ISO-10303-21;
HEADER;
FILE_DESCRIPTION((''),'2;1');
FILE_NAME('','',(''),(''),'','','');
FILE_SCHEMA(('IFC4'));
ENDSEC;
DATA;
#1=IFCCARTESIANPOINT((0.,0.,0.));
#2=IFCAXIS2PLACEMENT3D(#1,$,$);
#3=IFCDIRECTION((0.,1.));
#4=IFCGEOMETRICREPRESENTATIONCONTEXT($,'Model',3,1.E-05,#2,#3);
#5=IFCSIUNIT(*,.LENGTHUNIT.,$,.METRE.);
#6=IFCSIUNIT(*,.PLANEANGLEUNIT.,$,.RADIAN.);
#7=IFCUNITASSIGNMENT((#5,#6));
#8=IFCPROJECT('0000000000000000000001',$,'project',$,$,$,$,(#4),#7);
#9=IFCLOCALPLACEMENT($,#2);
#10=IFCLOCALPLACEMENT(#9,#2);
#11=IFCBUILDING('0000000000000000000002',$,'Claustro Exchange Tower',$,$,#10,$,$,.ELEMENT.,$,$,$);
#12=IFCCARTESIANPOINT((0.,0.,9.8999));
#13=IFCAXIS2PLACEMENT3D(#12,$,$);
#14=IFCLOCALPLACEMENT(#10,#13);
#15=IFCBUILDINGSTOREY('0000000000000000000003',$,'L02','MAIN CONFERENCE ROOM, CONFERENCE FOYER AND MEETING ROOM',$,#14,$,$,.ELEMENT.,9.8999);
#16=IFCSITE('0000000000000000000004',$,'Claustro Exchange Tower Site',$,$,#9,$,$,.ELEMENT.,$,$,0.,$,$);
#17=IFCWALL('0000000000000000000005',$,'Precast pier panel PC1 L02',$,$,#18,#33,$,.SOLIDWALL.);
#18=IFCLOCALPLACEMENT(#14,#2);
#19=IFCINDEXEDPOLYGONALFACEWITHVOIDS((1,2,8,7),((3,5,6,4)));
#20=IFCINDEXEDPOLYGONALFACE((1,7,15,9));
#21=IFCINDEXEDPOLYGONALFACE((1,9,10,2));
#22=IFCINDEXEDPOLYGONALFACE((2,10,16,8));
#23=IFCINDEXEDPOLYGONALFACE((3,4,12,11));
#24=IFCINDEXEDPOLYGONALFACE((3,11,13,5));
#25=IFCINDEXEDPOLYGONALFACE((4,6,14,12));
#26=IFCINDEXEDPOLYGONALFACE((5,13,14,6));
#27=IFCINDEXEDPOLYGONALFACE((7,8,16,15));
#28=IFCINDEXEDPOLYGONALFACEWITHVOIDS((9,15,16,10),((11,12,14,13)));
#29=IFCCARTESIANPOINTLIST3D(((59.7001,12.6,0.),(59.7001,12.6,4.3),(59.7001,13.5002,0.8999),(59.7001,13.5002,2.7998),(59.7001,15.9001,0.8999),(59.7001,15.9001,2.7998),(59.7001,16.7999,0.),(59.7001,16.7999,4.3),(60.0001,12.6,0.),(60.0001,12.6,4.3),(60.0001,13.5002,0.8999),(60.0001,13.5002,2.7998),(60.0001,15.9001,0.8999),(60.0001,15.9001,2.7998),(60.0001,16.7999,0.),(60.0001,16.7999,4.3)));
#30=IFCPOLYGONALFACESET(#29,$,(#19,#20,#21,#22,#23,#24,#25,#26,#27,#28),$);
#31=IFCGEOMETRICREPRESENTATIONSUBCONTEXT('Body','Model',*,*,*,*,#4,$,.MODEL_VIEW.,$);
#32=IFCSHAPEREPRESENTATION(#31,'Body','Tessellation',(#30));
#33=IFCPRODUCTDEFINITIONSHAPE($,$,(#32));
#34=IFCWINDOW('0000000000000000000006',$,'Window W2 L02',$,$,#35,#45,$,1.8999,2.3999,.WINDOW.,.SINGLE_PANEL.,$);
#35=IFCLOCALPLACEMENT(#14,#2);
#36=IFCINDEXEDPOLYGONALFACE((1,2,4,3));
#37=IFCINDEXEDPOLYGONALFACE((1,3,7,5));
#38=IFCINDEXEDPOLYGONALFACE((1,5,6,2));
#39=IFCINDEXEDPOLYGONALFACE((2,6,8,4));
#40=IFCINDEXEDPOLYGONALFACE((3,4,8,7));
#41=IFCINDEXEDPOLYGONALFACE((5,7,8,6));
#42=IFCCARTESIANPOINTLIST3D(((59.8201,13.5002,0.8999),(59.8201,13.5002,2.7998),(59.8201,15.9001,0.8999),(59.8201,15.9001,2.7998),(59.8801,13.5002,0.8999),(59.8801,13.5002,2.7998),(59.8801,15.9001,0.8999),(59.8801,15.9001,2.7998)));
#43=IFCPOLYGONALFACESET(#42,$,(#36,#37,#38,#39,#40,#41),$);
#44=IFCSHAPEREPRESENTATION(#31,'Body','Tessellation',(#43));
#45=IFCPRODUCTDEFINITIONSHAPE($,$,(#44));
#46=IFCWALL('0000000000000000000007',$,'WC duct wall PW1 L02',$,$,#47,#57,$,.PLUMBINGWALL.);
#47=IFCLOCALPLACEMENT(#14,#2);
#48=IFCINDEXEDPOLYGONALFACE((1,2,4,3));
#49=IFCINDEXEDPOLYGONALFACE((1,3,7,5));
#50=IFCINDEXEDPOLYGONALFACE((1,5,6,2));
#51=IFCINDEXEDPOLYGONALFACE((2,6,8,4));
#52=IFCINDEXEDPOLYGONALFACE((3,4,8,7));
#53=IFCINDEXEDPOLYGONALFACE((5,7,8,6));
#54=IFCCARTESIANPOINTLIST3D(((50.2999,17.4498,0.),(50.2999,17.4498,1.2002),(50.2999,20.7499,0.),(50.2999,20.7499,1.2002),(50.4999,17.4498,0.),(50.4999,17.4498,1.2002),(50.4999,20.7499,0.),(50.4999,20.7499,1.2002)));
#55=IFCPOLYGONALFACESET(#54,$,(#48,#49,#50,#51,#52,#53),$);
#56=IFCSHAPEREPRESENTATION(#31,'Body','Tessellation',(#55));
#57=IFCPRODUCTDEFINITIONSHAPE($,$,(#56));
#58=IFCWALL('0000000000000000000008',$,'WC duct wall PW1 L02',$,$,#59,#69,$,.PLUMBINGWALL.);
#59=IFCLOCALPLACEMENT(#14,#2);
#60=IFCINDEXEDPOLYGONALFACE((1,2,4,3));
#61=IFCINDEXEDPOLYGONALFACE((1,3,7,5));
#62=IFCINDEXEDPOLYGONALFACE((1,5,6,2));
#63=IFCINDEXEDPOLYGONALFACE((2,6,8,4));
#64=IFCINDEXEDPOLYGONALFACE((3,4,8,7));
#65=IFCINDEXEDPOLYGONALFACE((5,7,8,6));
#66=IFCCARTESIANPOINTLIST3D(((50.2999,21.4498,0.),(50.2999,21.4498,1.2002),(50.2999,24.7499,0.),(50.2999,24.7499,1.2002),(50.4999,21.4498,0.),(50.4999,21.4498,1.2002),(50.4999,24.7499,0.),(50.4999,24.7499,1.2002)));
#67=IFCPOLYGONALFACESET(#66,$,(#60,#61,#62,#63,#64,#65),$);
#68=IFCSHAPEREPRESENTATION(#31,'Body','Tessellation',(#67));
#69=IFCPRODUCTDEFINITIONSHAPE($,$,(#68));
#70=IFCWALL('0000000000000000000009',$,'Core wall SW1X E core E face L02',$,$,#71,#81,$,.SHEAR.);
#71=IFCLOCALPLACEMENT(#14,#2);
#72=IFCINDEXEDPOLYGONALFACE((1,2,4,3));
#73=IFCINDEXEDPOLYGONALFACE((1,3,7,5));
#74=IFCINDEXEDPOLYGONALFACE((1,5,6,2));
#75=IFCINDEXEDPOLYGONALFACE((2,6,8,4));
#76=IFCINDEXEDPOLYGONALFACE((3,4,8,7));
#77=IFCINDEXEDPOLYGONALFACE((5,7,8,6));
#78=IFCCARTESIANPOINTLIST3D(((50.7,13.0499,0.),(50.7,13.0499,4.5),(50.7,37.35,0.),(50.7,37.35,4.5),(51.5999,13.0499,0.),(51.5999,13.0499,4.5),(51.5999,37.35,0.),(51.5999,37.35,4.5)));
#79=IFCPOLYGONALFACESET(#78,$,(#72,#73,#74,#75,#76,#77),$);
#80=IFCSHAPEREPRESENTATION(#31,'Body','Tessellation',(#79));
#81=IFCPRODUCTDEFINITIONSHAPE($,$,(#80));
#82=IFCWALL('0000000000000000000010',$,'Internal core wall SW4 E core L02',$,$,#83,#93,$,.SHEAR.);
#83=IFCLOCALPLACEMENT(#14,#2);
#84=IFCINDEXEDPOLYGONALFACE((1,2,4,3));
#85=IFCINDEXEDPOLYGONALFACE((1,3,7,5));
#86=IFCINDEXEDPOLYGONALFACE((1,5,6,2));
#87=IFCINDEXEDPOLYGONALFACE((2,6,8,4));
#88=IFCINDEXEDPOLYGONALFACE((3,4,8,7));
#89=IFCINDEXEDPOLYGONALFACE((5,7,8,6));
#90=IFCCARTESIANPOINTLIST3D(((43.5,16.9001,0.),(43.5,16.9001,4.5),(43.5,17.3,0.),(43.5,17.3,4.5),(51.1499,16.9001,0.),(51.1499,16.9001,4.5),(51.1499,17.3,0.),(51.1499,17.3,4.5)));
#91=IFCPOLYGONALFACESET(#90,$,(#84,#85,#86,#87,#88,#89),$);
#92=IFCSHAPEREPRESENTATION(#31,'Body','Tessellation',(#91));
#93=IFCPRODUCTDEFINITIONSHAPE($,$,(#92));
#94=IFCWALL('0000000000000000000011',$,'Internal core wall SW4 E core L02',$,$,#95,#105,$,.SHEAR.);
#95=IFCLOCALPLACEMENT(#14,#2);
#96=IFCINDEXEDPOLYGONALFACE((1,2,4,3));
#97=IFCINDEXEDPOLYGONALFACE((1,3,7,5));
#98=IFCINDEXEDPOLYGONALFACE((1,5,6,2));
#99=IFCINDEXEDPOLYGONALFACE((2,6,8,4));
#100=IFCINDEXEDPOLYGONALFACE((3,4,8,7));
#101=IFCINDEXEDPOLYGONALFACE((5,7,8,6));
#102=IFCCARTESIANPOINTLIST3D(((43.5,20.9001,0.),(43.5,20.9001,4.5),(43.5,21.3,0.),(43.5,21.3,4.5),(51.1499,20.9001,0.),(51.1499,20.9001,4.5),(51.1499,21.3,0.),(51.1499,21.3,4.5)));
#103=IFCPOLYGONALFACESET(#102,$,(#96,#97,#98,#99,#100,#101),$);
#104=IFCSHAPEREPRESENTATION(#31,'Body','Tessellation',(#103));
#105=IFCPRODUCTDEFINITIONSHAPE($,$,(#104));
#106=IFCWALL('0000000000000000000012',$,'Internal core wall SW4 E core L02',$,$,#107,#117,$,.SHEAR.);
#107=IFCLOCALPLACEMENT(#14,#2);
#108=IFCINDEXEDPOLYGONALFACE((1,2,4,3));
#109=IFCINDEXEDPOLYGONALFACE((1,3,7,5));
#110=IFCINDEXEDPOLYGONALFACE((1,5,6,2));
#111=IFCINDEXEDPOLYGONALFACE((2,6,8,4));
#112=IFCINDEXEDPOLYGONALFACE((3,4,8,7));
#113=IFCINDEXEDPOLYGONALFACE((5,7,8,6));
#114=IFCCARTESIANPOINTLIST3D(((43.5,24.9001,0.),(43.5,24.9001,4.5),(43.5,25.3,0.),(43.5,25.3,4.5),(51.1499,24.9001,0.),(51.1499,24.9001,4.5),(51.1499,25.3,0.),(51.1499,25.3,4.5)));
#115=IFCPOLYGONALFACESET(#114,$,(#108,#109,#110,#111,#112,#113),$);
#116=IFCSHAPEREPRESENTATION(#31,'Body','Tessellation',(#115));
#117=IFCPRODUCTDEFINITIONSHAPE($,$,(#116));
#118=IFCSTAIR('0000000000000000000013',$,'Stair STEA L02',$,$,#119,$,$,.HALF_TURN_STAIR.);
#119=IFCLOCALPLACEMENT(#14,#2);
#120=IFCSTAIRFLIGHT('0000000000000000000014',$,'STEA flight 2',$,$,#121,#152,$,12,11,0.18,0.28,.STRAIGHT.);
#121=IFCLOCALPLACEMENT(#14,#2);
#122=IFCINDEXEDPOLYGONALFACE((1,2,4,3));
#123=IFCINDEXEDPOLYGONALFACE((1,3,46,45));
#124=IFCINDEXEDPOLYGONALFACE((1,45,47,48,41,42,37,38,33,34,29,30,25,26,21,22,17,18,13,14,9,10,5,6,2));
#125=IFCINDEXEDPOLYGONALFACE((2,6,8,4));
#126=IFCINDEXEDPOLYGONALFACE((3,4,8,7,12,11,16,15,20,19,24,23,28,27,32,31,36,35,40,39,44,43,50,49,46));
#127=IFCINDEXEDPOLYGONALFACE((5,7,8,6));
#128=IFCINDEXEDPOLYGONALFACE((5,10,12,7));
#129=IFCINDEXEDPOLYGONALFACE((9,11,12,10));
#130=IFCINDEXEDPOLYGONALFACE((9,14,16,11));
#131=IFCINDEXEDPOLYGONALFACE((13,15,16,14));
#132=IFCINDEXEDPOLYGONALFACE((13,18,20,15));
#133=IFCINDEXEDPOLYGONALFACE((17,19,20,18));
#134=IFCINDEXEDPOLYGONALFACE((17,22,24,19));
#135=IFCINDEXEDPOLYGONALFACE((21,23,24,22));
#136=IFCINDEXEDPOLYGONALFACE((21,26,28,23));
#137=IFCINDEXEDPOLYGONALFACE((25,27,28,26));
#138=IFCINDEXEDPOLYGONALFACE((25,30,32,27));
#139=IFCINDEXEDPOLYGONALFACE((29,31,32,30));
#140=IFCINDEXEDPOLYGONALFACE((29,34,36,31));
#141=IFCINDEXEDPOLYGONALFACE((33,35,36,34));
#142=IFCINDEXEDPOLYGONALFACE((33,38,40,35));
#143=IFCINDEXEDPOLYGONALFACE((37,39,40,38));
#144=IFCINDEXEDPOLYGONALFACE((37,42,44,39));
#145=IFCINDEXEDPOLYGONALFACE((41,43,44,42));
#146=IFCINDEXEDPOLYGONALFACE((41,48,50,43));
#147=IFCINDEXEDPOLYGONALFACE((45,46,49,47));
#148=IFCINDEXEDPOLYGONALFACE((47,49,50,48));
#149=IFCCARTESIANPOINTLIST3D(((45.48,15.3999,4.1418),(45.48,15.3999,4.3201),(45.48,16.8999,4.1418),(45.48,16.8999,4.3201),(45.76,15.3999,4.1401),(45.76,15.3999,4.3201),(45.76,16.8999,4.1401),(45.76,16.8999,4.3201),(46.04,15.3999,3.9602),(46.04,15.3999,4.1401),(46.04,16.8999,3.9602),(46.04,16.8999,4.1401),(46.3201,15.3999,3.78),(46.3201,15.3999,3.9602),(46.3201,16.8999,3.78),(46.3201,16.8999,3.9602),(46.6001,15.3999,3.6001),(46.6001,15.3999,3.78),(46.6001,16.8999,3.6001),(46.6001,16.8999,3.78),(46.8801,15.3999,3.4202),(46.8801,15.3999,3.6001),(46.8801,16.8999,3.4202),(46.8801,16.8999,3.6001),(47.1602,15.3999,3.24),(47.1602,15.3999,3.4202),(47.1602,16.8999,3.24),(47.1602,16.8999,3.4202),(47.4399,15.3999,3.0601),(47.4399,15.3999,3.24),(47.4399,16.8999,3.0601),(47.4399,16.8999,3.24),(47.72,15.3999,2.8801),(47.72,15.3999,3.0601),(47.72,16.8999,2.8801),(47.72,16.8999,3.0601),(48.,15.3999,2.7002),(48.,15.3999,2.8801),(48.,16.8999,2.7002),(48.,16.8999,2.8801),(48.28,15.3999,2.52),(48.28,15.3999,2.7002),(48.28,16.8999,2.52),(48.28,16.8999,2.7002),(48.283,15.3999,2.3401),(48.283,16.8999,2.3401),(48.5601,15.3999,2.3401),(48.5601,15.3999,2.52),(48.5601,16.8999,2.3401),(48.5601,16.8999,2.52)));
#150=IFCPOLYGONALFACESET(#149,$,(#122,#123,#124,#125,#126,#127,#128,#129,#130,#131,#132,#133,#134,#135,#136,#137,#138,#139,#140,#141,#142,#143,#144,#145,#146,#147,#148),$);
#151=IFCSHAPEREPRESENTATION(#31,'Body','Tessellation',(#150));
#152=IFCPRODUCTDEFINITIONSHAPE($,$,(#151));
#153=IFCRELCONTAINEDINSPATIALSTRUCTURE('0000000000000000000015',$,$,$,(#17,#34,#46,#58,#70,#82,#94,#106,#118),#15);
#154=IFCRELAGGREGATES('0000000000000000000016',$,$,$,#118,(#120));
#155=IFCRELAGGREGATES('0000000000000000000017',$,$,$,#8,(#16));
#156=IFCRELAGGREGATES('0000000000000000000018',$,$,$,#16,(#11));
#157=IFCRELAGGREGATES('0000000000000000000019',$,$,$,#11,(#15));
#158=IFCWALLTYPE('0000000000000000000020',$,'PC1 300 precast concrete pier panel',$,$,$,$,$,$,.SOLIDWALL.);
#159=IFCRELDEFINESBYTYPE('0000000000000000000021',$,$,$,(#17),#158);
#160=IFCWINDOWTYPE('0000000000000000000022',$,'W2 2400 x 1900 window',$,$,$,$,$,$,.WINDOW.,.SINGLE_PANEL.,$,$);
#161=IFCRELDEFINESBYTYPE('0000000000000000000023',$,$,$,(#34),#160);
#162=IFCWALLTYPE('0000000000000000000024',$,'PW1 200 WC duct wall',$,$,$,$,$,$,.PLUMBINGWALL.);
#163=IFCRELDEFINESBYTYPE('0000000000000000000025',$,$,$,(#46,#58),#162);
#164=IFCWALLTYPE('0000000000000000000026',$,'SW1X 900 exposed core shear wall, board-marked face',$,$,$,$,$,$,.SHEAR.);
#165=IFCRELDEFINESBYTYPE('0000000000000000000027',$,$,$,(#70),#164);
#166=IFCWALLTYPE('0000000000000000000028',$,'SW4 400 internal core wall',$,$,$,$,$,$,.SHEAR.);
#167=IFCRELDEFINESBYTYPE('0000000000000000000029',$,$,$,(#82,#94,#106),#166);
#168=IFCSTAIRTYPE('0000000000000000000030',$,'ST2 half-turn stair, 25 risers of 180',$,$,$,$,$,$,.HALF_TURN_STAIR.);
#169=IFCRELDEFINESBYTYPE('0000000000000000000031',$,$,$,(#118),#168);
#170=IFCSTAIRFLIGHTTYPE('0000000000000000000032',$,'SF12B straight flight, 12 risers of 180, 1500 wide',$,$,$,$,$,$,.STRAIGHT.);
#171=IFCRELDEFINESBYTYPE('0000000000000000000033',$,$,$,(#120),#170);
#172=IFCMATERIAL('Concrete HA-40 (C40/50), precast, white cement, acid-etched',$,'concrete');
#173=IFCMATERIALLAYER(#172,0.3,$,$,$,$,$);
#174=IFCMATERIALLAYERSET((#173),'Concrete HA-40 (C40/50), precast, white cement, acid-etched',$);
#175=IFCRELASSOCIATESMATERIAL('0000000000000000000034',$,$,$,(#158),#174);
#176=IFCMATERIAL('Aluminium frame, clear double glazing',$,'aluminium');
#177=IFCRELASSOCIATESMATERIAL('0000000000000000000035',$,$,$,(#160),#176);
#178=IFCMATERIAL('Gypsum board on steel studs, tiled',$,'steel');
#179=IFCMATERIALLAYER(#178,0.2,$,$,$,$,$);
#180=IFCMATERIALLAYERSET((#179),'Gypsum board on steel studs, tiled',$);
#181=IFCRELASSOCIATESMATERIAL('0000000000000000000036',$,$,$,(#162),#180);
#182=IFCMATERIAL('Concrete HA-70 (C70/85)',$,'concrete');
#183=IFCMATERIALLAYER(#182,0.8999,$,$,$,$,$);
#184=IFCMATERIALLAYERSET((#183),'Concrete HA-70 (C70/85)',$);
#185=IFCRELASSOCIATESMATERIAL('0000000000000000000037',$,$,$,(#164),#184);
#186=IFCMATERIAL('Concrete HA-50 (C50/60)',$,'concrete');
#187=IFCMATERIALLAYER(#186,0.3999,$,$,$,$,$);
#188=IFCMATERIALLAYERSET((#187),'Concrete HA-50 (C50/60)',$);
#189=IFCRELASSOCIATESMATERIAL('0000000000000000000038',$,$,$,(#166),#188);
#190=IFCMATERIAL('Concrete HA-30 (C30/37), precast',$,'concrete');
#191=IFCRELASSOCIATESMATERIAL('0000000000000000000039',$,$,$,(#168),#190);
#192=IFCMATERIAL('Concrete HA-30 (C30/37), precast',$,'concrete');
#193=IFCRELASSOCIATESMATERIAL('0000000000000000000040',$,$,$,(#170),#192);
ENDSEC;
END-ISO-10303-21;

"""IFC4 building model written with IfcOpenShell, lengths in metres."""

from ifc_helpers import new_model, si_unit, direction, frame, frame_2d, origin, place, context, subcontext, project, spatial, polyline, rectangle, outline, extrude, material, layer, layer_set, type_object, element, fill, aggregate, save


model = new_model("IFC4")

# Units and contexts
model_context = context("Model", 3, precision=1e-05, world=origin(), true_north=direction((0.0, 1.0)))
body_context = subcontext(model_context, "Body", "Model", "MODEL_VIEW")
ifc_project = project(units=[si_unit("LENGTHUNIT", "METRE"), si_unit("PLANEANGLEUNIT", "RADIAN")], contexts=[model_context])

# Site, building, storey
site_placement = place(None, origin())
site = spatial("IfcSite", under=ifc_project, at=site_placement, Name="Claustro Exchange Tower Site", CompositionType="ELEMENT", RefElevation=0.0)
building_placement = place(site_placement, origin())
building = spatial("IfcBuilding", under=site, at=building_placement, Name="Claustro Exchange Tower", CompositionType="ELEMENT")
storey_placement = place(building_placement, frame((0.0, 0.0, 9.8999)))
storey = spatial("IfcBuildingStorey", under=building, at=storey_placement, Name="L02", Description="MAIN CONFERENCE ROOM, CONFERENCE FOYER AND MEETING ROOM", CompositionType="ELEMENT", Elevation=9.8999)

# Wall, opening, window
ifc_material_1 = material(Name="Concrete HA-40 (C40/50), precast, white cement, acid-etched", Category="concrete")
ifc_layer_1 = layer(ifc_material_1, 0.3)
ifc_layer_set_1 = layer_set([ifc_layer_1], Name="Concrete HA-40 (C40/50), precast, white cement, acid-etched")
wall_type_1 = type_object("IfcWallType", Name="PC1 300 precast concrete pier panel", PredefinedType="SOLIDWALL", material=ifc_layer_set_1)
wall_1_placement = place(storey_placement, frame((59.8501, 16.8, 0.0), z_axis=(0.0, 0.0, 1.0), x_axis=(0.0, -1.0, 0.0)))
wall_1 = element("IfcWall", 1, at=wall_1_placement, inside=storey, type_object=wall_type_1, Name="Precast pier panel PC1 L02", PredefinedType="SOLIDWALL", context=body_context, shape_type="SweptSolid", body=[
    extrude(rectangle(XDim=4.2, YDim=0.3, at=frame_2d((2.1001, 0.0))), origin(), (0.0, 0.0, 1.0), 4.3),
])
opening_1_placement = place(wall_1_placement, frame((0.8999, 0.0, 0.8999)))
opening_1 = element("IfcOpeningElement", 2, at=opening_1_placement, cuts=wall_1, PredefinedType="OPENING", context=body_context, shape_type="SweptSolid", body=[
    extrude(rectangle(XDim=2.3999, YDim=1.8999, at=frame_2d((1.2, 0.95))), frame((0.0, 0.1599, 0.0), z_axis=(0.0, -1.0, 0.0), x_axis=(1.0, 0.0, 0.0)), (0.0, 0.0, 1.0), 0.3201),
])
ifc_material_2 = material(Name="Aluminium frame, clear double glazing", Category="aluminium")
window_type = type_object("IfcWindowType", Name="W2 2400 x 1900 window", PartitioningType="SINGLE_PANEL", PredefinedType="WINDOW", material=ifc_material_2)
window_placement = place(opening_1_placement, origin())
window = element("IfcWindow", 3, at=window_placement, inside=storey, type_object=window_type, Name="Window W2 L02", OverallHeight=1.8999, OverallWidth=2.3999, PartitioningType="SINGLE_PANEL", PredefinedType="WINDOW", context=body_context, shape_type="SweptSolid", body=[
    extrude(rectangle(XDim=2.3999, YDim=1.8999, at=frame_2d((1.2, 0.95))), frame((0.0, 0.03, 0.0), z_axis=(0.0, -1.0, 0.0), x_axis=(1.0, 0.0, 0.0)), (0.0, 0.0, 1.0), 0.0601),
])
fill(opening_1, window)

# Walls
ifc_material_3 = material(Name="Gypsum board on steel studs, tiled", Category="steel")
ifc_layer_2 = layer(ifc_material_3, 0.2)
ifc_layer_set_2 = layer_set([ifc_layer_2], Name="Gypsum board on steel studs, tiled")
wall_type_2 = type_object("IfcWallType", Name="PW1 200 WC duct wall", PredefinedType="PLUMBINGWALL", material=ifc_layer_set_2)
for number, where, z_axis, x_axis, name in (
    (4, (50.3999, 17.45, 0.0), (0.0, 0.0, 1.0), (0.0, 1.0, 0.0), "WC duct wall PW1 L02"),
    (5, (50.3999, 21.45, 0.0), (0.0, 0.0, 1.0), (0.0, 1.0, 0.0), "WC duct wall PW1 L02"),
):
    element("IfcWall", number, at=place(storey_placement, frame(where, z_axis=z_axis, x_axis=x_axis)), inside=storey, type_object=wall_type_2, Name=name, PredefinedType="PLUMBINGWALL", context=body_context, shape_type="SweptSolid", body=[
        extrude(rectangle(XDim=3.3, YDim=0.2, at=frame_2d((1.6499, 0.0))), origin(), (0.0, 0.0, 1.0), 1.2002),
    ])
ifc_material_4 = material(Name="Concrete HA-70 (C70/85)", Category="concrete")
ifc_layer_3 = layer(ifc_material_4, 0.8999)
ifc_layer_set_3 = layer_set([ifc_layer_3], Name="Concrete HA-70 (C70/85)")
wall_type_3 = type_object("IfcWallType", Name="SW1X 900 exposed core shear wall, board-marked face", PredefinedType="SHEAR", material=ifc_layer_set_3)
wall_2_placement = place(storey_placement, frame((51.1499, 13.05, 0.0), z_axis=(0.0, 0.0, 1.0), x_axis=(0.0, 1.0, 0.0)))
element("IfcWall", 6, at=wall_2_placement, inside=storey, type_object=wall_type_3, Name="Core wall SW1X E core E face L02", PredefinedType="SHEAR", context=body_context, shape_type="SweptSolid", body=[
    extrude(rectangle(XDim=24.3, YDim=0.8999, at=frame_2d((12.1499, 0.0))), origin(), (0.0, 0.0, 1.0), 4.5),
])
ifc_material_5 = material(Name="Concrete HA-50 (C50/60)", Category="concrete")
ifc_layer_4 = layer(ifc_material_5, 0.3999)
ifc_layer_set_4 = layer_set([ifc_layer_4], Name="Concrete HA-50 (C50/60)")
wall_type_4 = type_object("IfcWallType", Name="SW4 400 internal core wall", PredefinedType="SHEAR", material=ifc_layer_set_4)
for number, where, z_axis, x_axis, name in (
    (7, (51.1499, 17.1001, 0.0), (0.0, 0.0, 1.0), (-1.0, 0.0, 0.0), "Internal core wall SW4 E core L02"),
    (8, (51.1499, 21.1001, 0.0), (0.0, 0.0, 1.0), (-1.0, 0.0, 0.0), "Internal core wall SW4 E core L02"),
    (9, (51.1499, 25.1001, 0.0), (0.0, 0.0, 1.0), (-1.0, 0.0, 0.0), "Internal core wall SW4 E core L02"),
):
    element("IfcWall", number, at=place(storey_placement, frame(where, z_axis=z_axis, x_axis=x_axis)), inside=storey, type_object=wall_type_4, Name=name, PredefinedType="SHEAR", context=body_context, shape_type="SweptSolid", body=[
        extrude(rectangle(XDim=7.6499, YDim=0.3999, at=frame_2d((3.825, 0.0))), origin(), (0.0, 0.0, 1.0), 4.5),
    ])

# Stair, stair flight
ifc_material_6 = material(Name="Concrete HA-30 (C30/37), precast", Category="concrete")
stair_type = type_object("IfcStairType", Name="ST2 half-turn stair, 25 risers of 180", PredefinedType="HALF_TURN_STAIR", material=ifc_material_6)
stair_placement = place(storey_placement, origin())
stair = element("IfcStair", 10, at=stair_placement, inside=storey, type_object=stair_type, Name="Stair STEA L02", PredefinedType="HALF_TURN_STAIR")
ifc_material_7 = material(Name="Concrete HA-30 (C30/37), precast", Category="concrete")
stair_flight_type_1 = type_object("IfcStairFlightType", Name="SF12B straight flight, 12 risers of 180, 1500 wide", PredefinedType="STRAIGHT", material=ifc_material_7)
stair_flight_1_placement = place(storey_placement, frame((48.5601, 16.1499, 2.3401), z_axis=(0.0, 0.0, 1.0), x_axis=(-1.0, 0.0, 0.0)))
stair_flight_1 = element("IfcStairFlight", 11, at=stair_flight_1_placement, type_object=stair_flight_type_1, Name="STEA flight 2", NumberOfRisers=12, NumberOfTreads=11, PredefinedType="STRAIGHT", RiserHeight=0.18, TreadLength=0.28, context=body_context, shape_type="SweptSolid", body=[
    extrude(outline(polyline([(0.0, 0.0), (0.0, 0.1799), (0.28, 0.1799), (0.28, 0.3601), (0.5601, 0.3601), (0.5601, 0.54), (0.8401, 0.54), (0.8401, 0.72), (1.1201, 0.72), (1.1201, 0.8999), (1.3999, 0.8999), (1.3999, 1.0801), (1.6799, 1.0801), (1.6799, 1.26), (1.96, 1.26), (1.96, 1.4399), (2.24, 1.4399), (2.24, 1.6201), (2.52, 1.6201), (2.52, 1.8), (2.8, 1.8), (2.8, 1.98), (3.0801, 1.98), (3.0801, 2.1599), (3.0801, 1.8018), (0.2771, 0.0), (0.0, 0.0)])), frame((0.0, 0.75, 0.0), z_axis=(0.0, -1.0, 0.0), x_axis=(1.0, 0.0, 0.0)), (0.0, 0.0, 1.0), 1.5),
])
aggregate(stair, [stair_flight_1])

save(model, "model.ifc")
